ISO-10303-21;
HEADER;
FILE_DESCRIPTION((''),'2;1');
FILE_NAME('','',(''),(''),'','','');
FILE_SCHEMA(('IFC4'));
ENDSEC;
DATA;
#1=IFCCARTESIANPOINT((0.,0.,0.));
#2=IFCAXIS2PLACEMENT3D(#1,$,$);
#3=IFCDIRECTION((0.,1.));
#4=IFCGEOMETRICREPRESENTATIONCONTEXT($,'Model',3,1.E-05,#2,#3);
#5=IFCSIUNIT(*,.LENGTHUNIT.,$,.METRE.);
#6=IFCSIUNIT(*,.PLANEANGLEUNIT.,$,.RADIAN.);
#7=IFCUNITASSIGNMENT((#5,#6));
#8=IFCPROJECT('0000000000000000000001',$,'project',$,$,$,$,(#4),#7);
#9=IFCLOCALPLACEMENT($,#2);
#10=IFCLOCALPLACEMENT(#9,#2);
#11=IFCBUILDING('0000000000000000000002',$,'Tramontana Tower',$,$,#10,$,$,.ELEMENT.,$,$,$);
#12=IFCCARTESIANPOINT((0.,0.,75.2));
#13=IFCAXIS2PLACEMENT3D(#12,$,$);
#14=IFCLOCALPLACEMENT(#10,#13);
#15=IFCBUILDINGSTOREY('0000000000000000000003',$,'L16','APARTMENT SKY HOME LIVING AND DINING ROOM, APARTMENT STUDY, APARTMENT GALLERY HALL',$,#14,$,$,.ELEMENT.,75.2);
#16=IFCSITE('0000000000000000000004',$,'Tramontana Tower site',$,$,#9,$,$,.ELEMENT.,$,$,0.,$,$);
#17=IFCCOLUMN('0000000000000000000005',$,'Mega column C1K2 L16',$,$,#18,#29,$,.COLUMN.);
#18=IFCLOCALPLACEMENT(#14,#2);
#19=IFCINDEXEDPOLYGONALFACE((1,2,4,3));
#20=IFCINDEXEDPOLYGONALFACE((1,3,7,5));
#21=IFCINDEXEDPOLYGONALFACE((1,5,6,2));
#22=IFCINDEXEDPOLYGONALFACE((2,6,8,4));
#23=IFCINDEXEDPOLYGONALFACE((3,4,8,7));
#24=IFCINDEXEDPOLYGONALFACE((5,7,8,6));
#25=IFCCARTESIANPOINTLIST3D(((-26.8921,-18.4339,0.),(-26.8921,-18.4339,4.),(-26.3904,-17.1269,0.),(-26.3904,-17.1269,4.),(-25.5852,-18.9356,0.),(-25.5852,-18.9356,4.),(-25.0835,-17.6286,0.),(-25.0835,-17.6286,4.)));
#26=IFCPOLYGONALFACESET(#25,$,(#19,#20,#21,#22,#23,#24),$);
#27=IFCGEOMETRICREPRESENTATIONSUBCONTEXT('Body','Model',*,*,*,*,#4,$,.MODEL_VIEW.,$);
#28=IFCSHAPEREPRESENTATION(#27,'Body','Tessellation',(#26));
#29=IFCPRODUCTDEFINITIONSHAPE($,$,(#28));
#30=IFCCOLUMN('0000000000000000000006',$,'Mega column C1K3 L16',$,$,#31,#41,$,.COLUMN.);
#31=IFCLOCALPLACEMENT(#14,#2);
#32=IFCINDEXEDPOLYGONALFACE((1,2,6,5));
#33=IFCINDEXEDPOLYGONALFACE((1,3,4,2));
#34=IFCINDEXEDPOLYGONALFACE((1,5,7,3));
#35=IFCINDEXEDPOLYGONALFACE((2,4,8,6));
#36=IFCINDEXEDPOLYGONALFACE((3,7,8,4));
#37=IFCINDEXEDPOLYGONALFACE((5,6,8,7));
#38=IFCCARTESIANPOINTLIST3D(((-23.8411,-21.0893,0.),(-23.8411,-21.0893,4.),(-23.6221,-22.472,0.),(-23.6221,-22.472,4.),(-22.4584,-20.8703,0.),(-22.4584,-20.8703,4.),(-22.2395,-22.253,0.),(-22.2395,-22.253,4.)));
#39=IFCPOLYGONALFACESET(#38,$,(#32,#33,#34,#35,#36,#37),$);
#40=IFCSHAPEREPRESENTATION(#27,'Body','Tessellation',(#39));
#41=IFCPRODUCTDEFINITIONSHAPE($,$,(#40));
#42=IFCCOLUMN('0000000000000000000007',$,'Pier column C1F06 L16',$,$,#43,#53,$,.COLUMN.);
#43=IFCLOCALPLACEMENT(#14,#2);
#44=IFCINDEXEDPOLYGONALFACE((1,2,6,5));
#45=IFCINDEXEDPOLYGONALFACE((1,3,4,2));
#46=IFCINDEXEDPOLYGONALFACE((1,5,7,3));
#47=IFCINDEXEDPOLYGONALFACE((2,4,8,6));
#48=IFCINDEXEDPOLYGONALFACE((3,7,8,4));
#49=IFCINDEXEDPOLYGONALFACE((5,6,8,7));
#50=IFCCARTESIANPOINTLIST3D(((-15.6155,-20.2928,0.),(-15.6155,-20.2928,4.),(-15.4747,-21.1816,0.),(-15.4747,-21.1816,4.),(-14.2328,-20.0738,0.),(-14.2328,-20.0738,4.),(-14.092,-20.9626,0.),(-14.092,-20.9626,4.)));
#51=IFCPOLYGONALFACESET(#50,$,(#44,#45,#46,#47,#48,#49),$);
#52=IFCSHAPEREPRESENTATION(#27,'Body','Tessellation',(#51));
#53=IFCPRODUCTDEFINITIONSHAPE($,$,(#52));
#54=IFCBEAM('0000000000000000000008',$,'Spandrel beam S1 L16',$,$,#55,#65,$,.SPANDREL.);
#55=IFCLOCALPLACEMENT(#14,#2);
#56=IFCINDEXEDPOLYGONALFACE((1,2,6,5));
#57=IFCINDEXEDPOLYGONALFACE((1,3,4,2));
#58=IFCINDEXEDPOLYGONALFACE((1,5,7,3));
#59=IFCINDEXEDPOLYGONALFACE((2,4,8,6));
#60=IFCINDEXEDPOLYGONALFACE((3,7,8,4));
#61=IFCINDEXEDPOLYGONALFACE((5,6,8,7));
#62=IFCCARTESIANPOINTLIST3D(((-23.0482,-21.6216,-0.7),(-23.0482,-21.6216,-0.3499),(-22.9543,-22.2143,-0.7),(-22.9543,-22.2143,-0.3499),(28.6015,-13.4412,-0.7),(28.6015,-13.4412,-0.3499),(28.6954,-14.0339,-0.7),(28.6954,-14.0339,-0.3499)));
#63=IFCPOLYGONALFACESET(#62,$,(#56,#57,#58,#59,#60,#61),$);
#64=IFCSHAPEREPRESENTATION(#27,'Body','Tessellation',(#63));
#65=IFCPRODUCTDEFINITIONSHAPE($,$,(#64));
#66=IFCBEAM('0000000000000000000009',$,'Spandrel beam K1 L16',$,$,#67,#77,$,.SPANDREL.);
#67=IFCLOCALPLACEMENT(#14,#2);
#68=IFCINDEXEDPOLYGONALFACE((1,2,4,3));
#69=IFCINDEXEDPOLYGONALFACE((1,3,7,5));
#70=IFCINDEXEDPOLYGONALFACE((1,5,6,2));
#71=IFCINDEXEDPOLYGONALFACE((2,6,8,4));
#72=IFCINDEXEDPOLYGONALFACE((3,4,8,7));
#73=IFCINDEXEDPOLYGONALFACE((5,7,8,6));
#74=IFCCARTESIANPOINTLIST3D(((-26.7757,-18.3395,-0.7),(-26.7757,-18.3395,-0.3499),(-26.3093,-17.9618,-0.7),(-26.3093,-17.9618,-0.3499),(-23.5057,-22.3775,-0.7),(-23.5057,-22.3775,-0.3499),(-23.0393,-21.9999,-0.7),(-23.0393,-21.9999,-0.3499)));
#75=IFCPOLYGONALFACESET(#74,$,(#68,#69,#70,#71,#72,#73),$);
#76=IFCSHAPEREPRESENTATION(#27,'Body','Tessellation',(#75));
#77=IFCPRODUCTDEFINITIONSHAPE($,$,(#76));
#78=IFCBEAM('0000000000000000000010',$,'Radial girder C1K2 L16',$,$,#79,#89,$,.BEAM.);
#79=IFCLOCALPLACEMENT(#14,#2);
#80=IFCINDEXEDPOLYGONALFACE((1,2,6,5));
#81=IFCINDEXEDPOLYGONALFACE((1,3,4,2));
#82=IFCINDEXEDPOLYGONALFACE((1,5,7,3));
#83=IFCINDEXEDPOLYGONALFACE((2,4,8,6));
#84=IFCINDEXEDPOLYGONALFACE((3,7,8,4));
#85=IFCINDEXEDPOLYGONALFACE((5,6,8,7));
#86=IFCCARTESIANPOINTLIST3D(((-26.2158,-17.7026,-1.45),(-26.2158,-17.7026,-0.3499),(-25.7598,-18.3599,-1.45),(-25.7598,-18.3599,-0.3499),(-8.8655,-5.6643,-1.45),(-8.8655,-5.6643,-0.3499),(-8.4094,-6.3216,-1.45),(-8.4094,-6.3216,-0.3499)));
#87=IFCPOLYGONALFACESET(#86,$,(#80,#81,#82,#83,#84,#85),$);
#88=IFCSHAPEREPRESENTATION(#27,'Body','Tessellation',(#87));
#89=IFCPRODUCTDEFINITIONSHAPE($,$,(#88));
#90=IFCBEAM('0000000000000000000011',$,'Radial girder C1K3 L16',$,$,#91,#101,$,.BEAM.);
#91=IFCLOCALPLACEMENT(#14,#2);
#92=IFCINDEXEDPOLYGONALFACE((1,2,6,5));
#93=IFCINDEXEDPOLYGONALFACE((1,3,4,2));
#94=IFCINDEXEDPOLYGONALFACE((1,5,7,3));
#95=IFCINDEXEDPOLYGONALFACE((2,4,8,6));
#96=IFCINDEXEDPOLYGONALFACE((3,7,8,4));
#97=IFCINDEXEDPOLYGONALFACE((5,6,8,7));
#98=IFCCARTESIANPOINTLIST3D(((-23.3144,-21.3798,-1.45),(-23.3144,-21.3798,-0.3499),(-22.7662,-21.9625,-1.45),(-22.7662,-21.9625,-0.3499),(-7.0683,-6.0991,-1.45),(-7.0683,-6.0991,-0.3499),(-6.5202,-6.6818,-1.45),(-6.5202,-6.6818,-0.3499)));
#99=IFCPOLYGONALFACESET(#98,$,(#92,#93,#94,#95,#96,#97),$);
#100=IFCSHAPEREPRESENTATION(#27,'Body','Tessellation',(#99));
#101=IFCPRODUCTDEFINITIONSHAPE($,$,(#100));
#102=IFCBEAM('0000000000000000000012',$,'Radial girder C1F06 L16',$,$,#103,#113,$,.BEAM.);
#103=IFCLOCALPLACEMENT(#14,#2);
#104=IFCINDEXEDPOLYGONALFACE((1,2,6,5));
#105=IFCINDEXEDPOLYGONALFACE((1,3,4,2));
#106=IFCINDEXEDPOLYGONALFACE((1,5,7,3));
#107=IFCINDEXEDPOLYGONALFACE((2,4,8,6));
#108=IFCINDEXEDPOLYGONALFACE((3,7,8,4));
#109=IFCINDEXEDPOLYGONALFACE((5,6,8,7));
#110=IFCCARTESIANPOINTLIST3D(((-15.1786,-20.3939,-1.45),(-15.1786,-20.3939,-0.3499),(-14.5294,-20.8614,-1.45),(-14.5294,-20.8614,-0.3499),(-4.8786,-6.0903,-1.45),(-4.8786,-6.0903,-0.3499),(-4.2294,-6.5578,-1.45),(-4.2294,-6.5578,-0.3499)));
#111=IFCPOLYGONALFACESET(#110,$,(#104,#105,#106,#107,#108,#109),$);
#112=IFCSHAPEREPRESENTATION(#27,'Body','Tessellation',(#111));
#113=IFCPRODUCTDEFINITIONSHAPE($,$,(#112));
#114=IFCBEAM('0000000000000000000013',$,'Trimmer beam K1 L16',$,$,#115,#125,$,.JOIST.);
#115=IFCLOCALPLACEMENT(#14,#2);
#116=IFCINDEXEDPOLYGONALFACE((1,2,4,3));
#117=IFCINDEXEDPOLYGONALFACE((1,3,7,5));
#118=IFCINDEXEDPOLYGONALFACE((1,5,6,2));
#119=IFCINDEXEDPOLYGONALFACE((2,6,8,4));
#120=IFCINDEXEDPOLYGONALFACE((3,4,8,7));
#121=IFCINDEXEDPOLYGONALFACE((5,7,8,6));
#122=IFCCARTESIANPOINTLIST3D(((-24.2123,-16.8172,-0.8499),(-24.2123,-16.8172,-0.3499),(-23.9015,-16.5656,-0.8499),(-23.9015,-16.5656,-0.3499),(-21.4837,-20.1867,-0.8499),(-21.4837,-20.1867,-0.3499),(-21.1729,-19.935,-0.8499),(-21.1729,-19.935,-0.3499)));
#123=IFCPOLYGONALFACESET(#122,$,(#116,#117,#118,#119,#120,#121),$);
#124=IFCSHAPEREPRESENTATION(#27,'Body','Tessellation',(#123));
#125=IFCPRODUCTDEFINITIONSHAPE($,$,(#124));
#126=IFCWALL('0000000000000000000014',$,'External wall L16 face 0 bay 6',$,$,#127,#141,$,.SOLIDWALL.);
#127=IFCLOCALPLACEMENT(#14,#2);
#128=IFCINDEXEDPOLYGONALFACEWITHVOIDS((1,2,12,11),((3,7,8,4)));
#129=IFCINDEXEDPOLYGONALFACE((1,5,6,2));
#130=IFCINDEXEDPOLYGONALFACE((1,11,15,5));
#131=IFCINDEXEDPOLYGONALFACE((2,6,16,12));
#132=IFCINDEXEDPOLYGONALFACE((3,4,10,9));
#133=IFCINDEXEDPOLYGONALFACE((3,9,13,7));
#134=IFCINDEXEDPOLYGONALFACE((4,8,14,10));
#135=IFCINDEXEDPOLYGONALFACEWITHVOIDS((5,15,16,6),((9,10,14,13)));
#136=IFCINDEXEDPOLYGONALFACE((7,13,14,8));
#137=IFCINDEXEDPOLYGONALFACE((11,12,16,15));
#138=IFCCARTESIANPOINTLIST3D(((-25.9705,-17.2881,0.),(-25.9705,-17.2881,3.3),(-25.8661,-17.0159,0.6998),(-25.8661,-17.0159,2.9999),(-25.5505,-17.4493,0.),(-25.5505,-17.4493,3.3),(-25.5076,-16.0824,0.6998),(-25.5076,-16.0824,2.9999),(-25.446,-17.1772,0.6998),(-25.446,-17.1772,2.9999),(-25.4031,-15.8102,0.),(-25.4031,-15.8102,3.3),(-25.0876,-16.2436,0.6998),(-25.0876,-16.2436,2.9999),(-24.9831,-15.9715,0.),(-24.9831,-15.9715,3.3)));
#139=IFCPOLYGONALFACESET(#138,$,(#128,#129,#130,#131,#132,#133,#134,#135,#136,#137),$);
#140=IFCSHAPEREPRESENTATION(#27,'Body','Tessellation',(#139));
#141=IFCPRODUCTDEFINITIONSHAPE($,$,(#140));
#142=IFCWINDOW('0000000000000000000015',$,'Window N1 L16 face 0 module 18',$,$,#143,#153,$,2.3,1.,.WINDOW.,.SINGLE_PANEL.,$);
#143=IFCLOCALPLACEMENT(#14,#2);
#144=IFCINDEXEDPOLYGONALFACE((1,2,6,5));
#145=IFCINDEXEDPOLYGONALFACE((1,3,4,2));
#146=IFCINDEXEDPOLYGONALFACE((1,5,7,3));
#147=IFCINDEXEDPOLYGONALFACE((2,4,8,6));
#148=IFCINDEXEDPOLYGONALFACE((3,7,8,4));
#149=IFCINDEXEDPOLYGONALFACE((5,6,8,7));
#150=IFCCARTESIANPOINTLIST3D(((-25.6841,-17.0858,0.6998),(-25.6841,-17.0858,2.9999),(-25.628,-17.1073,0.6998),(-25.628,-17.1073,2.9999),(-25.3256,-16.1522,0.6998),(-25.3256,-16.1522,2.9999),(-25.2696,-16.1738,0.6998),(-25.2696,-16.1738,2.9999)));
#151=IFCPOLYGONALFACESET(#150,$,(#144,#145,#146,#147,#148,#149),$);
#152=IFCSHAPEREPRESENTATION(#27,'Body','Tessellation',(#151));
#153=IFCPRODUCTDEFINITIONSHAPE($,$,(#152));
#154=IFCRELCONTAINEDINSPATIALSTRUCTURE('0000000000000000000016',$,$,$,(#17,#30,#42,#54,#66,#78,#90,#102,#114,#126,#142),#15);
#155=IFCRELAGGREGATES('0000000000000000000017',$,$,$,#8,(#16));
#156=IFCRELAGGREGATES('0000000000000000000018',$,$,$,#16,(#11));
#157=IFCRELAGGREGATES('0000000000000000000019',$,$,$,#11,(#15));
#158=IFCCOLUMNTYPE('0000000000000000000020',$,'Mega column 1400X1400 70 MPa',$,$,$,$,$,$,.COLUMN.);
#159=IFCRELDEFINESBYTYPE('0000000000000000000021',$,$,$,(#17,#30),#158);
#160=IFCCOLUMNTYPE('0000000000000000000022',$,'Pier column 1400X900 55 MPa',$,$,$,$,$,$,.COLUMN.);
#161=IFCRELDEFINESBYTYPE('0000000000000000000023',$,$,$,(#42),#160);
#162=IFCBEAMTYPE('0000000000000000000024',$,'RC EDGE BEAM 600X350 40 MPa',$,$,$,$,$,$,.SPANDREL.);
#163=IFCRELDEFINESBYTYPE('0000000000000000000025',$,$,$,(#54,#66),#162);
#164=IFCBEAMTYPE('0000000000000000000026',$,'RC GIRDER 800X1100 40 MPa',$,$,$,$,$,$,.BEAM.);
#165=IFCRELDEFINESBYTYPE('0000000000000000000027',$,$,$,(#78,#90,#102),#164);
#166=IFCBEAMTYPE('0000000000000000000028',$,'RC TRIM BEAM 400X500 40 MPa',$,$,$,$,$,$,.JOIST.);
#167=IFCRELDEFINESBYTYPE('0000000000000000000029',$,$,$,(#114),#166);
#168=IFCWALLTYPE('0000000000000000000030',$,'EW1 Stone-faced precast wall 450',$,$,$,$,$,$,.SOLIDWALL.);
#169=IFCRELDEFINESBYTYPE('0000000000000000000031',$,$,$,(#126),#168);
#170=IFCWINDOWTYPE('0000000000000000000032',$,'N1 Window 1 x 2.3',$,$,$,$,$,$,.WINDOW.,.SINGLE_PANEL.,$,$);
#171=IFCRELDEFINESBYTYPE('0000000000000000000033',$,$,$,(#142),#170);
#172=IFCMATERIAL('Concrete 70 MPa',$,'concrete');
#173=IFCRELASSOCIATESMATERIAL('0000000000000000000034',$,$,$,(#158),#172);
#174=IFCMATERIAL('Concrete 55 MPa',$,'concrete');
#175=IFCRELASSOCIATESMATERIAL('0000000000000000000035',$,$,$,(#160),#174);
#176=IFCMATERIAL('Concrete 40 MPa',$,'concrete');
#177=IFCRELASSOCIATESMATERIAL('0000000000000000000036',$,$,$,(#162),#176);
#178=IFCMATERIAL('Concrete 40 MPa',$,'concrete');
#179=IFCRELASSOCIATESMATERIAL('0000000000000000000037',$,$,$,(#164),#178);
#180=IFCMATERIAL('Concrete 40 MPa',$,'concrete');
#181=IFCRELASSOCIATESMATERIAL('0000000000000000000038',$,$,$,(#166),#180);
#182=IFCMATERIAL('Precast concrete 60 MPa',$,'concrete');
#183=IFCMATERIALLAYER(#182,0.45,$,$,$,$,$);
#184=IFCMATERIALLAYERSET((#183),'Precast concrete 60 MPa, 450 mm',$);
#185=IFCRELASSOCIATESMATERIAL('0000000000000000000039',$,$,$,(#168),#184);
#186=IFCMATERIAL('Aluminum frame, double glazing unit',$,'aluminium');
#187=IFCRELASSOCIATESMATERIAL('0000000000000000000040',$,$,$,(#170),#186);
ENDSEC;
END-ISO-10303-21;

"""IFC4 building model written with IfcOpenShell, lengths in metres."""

from ifc_helpers import new_model, si_unit, direction, frame, frame_2d, origin, origin_2d, place, context, subcontext, project, spatial, rectangle, extrude, material, layer, layer_set, material_profile, profile_set, type_object, element, fill, save


model = new_model("IFC4")

# Units and contexts
model_context = context("Model", 3, precision=1e-05, world=origin(), true_north=direction((0.0, 1.0)))
body_context = subcontext(model_context, "Body", "Model", "MODEL_VIEW")
ifc_project = project(units=[si_unit("LENGTHUNIT", "METRE"), si_unit("PLANEANGLEUNIT", "RADIAN")], contexts=[model_context])

# Site, building, storey
site_placement = place(None, origin())
site = spatial("IfcSite", under=ifc_project, at=site_placement, Name="Tramontana Tower site", CompositionType="ELEMENT", RefElevation=0.0)
building_placement = place(site_placement, origin())
building = spatial("IfcBuilding", under=site, at=building_placement, Name="Tramontana Tower", CompositionType="ELEMENT")
storey_placement = place(building_placement, frame((0.0, 0.0, 75.2)))
storey = spatial("IfcBuildingStorey", under=building, at=storey_placement, Name="L16", Description="APARTMENT SKY HOME LIVING AND DINING ROOM, APARTMENT STUDY, APARTMENT GALLERY HALL", CompositionType="ELEMENT", Elevation=75.2)

# Columns
ifc_material_1 = material(Name="Concrete 70 MPa", Category="concrete")
ifc_material_profile_1 = material_profile(ifc_material_1, rectangle(XDim=1.3999, YDim=1.3999, at=origin_2d()), Name="Mega column 1400X1400 70 MPa")
ifc_profile_set_1 = profile_set([ifc_material_profile_1], Name="Concrete 70 MPa")
column_type_1 = type_object("IfcColumnType", Name="Mega column 1400X1400 70 MPa", PredefinedType="COLUMN", material=ifc_profile_set_1)
for number, where, z_axis, x_axis, name in (
    (1, (-25.9878, -18.0312, 0.0), (0.0, 0.0, 1.0), (-0.358368, -0.93358, 0.0), "Mega column C1K2 L16"),
    (2, (-23.0403, -21.6711, 0.0), (0.0, 0.0, 1.0), (0.987688, 0.156434, 0.0), "Mega column C1K3 L16"),
):
    element("IfcColumn", number, at=place(storey_placement, frame(where, z_axis=z_axis, x_axis=x_axis)), inside=storey, type_object=column_type_1, Name=name, PredefinedType="COLUMN", context=body_context, shape_type="SweptSolid", body=[
        extrude(rectangle(XDim=1.3999, YDim=1.3999, at=origin_2d()), origin(), (0.0, 0.0, 1.0), 4.0),
    ])
ifc_material_2 = material(Name="Concrete 55 MPa", Category="concrete")
ifc_material_profile_2 = material_profile(ifc_material_2, rectangle(XDim=1.3999, YDim=0.8999, at=origin_2d()), Name="Pier column 1400X900 55 MPa")
ifc_profile_set_2 = profile_set([ifc_material_profile_2], Name="Concrete 55 MPa")
column_type_2 = type_object("IfcColumnType", Name="Pier column 1400X900 55 MPa", PredefinedType="COLUMN", material=ifc_profile_set_2)
column_placement = place(storey_placement, frame((-14.8538, -20.6277, 0.0), z_axis=(0.0, 0.0, 1.0), x_axis=(0.987688, 0.156434, 0.0)))
element("IfcColumn", 3, at=column_placement, inside=storey, type_object=column_type_2, Name="Pier column C1F06 L16", PredefinedType="COLUMN", context=body_context, shape_type="SweptSolid", body=[
    extrude(rectangle(XDim=1.3999, YDim=0.8999, at=origin_2d()), origin(), (0.0, 0.0, 1.0), 4.0),
])

# Beams
ifc_material_3 = material(Name="Concrete 40 MPa", Category="concrete")
ifc_material_profile_3 = material_profile(ifc_material_3, rectangle(XDim=0.6001, YDim=0.3501, at=origin_2d()), Name="RC EDGE BEAM 600X350 40 MPa")
ifc_profile_set_3 = profile_set([ifc_material_profile_3], Name="Concrete 40 MPa")
beam_type_1 = type_object("IfcBeamType", Name="RC EDGE BEAM 600X350 40 MPa", PredefinedType="SPANDREL", material=ifc_profile_set_3)
beam_1_placement = place(storey_placement, frame((-23.0012, -21.918, -0.5249), z_axis=(0.987689, 0.156433, 0.0), x_axis=(-0.156433, 0.987689, 0.0)))
element("IfcBeam", 4, at=beam_1_placement, inside=storey, type_object=beam_type_1, Name="Spandrel beam S1 L16", PredefinedType="SPANDREL", context=body_context, shape_type="SweptSolid", body=[
    extrude(rectangle(XDim=0.6001, YDim=0.3501, at=origin_2d()), origin(), (0.0, 0.0, 1.0), 52.2935),
])
beam_2_placement = place(storey_placement, frame((-26.5425, -18.1506, -0.5249), z_axis=(0.629325, -0.777142, 0.0), x_axis=(0.777142, 0.629325, 0.0)))
element("IfcBeam", 5, at=beam_2_placement, inside=storey, type_object=beam_type_1, Name="Spandrel beam K1 L16", PredefinedType="SPANDREL", context=body_context, shape_type="SweptSolid", body=[
    extrude(rectangle(XDim=0.6001, YDim=0.3501, at=origin_2d()), origin(), (0.0, 0.0, 1.0), 5.196),
])
ifc_material_4 = material(Name="Concrete 40 MPa", Category="concrete")
ifc_material_profile_4 = material_profile(ifc_material_4, rectangle(XDim=0.8, YDim=1.1001, at=origin_2d()), Name="RC GIRDER 800X1100 40 MPa")
ifc_profile_set_4 = profile_set([ifc_material_profile_4], Name="Concrete 40 MPa")
beam_type_2 = type_object("IfcBeamType", Name="RC GIRDER 800X1100 40 MPa", PredefinedType="BEAM", material=ifc_profile_set_4)
beam_3_placement = place(storey_placement, frame((-25.9878, -18.0312, -0.8999), z_axis=(0.821603, 0.57006, 0.0), x_axis=(-0.57006, 0.821603, 0.0)))
element("IfcBeam", 6, at=beam_3_placement, inside=storey, type_object=beam_type_2, Name="Radial girder C1K2 L16", PredefinedType="BEAM", context=body_context, shape_type="SweptSolid", body=[
    extrude(rectangle(XDim=0.8, YDim=1.1001, at=origin_2d()), origin(), (0.0, 0.0, 1.0), 21.1177),
])
beam_4_placement = place(storey_placement, frame((-23.0403, -21.6711, -0.8999), z_axis=(0.728417, 0.685135, 0.0), x_axis=(-0.685135, 0.728417, 0.0)))
element("IfcBeam", 7, at=beam_4_placement, inside=storey, type_object=beam_type_2, Name="Radial girder C1K3 L16", PredefinedType="BEAM", context=body_context, shape_type="SweptSolid", body=[
    extrude(rectangle(XDim=0.8, YDim=1.1001, at=origin_2d()), origin(), (0.0, 0.0, 1.0), 22.3032),
])
beam_5_placement = place(storey_placement, frame((-14.854, -20.6277, -0.8999), z_axis=(0.584356, 0.811497, 0.0), x_axis=(-0.811497, 0.584356, 0.0)))
element("IfcBeam", 8, at=beam_5_placement, inside=storey, type_object=beam_type_2, Name="Radial girder C1F06 L16", PredefinedType="BEAM", context=body_context, shape_type="SweptSolid", body=[
    extrude(rectangle(XDim=0.8, YDim=1.1001, at=origin_2d()), origin(), (0.0, 0.0, 1.0), 17.6262),
])
ifc_material_5 = material(Name="Concrete 40 MPa", Category="concrete")
ifc_material_profile_5 = material_profile(ifc_material_5, rectangle(XDim=0.3999, YDim=0.5, at=origin_2d()), Name="RC TRIM BEAM 400X500 40 MPa")
ifc_profile_set_5 = profile_set([ifc_material_profile_5], Name="Concrete 40 MPa")
beam_type_3 = type_object("IfcBeamType", Name="RC TRIM BEAM 400X500 40 MPa", PredefinedType="JOIST", material=ifc_profile_set_5)
beam_6_placement = place(storey_placement, frame((-24.0569, -16.6914, -0.5999), z_axis=(0.629326, -0.777141, 0.0), x_axis=(0.777141, 0.629326, 0.0)))
element("IfcBeam", 9, at=beam_6_placement, inside=storey, type_object=beam_type_3, Name="Trimmer beam K1 L16", PredefinedType="JOIST", context=body_context, shape_type="SweptSolid", body=[
    extrude(rectangle(XDim=0.3999, YDim=0.5, at=origin_2d()), origin(), (0.0, 0.0, 1.0), 4.3357),
])

# Wall, opening, window
ifc_material_6 = material(Name="Precast concrete 60 MPa", Category="concrete")
ifc_layer_1 = layer(ifc_material_6, 0.45)
ifc_layer_set_1 = layer_set([ifc_layer_1], Name="Precast concrete 60 MPa, 450 mm")
wall_type_1 = type_object("IfcWallType", Name="EW1 Stone-faced precast wall 450", PredefinedType="SOLIDWALL", material=ifc_layer_set_1)
wall_1_placement = place(storey_placement, frame((-25.1931, -15.8909, 0.0), z_axis=(0.0, 0.0, 1.0), x_axis=(-0.358431, -0.933556, 0.0)))
wall_1 = element("IfcWall", 10, at=wall_1_placement, inside=storey, type_object=wall_type_1, Name="External wall L16 face 0 bay 6", PredefinedType="SOLIDWALL", context=body_context, shape_type="SweptSolid", body=[
    extrude(rectangle(XDim=1.583, YDim=0.45, at=frame_2d((0.7915, 0.0))), origin(), (0.0, 0.0, 1.0), 3.3),
])
opening_1_placement = place(wall_1_placement, frame((0.2915, 0.0, 0.7)))
opening_1 = element("IfcOpeningElement", 11, at=opening_1_placement, cuts=wall_1, PredefinedType="OPENING", context=body_context, shape_type="SweptSolid", body=[
    extrude(rectangle(XDim=1.0, YDim=2.3, at=frame_2d((0.5, 1.1499))), frame((0.0, 0.2349, 0.0), z_axis=(0.0, -1.0, 0.0), x_axis=(1.0, 0.0, 0.0)), (0.0, 0.0, 1.0), 0.47),
])
ifc_material_7 = material(Name="Aluminum frame, double glazing unit", Category="aluminium")
window_type_1 = type_object("IfcWindowType", Name="N1 Window 1 x 2.3", PartitioningType="SINGLE_PANEL", PredefinedType="WINDOW", material=ifc_material_7)
window_1_placement = place(opening_1_placement, origin())
window_1 = element("IfcWindow", 12, at=window_1_placement, inside=storey, type_object=window_type_1, Name="Window N1 L16 face 0 module 18", OverallHeight=2.3, OverallWidth=1.0, PartitioningType="SINGLE_PANEL", PredefinedType="WINDOW", context=body_context, shape_type="SweptSolid", body=[
    extrude(rectangle(XDim=1.0, YDim=2.3, at=frame_2d((0.5, 1.1499))), frame((0.0, 0.03, 0.0), z_axis=(0.0, -1.0, 0.0), x_axis=(1.0, 0.0, 0.0)), (0.0, 0.0, 1.0), 0.0601),
])
fill(opening_1, window_1)

save(model, "model.ifc")
